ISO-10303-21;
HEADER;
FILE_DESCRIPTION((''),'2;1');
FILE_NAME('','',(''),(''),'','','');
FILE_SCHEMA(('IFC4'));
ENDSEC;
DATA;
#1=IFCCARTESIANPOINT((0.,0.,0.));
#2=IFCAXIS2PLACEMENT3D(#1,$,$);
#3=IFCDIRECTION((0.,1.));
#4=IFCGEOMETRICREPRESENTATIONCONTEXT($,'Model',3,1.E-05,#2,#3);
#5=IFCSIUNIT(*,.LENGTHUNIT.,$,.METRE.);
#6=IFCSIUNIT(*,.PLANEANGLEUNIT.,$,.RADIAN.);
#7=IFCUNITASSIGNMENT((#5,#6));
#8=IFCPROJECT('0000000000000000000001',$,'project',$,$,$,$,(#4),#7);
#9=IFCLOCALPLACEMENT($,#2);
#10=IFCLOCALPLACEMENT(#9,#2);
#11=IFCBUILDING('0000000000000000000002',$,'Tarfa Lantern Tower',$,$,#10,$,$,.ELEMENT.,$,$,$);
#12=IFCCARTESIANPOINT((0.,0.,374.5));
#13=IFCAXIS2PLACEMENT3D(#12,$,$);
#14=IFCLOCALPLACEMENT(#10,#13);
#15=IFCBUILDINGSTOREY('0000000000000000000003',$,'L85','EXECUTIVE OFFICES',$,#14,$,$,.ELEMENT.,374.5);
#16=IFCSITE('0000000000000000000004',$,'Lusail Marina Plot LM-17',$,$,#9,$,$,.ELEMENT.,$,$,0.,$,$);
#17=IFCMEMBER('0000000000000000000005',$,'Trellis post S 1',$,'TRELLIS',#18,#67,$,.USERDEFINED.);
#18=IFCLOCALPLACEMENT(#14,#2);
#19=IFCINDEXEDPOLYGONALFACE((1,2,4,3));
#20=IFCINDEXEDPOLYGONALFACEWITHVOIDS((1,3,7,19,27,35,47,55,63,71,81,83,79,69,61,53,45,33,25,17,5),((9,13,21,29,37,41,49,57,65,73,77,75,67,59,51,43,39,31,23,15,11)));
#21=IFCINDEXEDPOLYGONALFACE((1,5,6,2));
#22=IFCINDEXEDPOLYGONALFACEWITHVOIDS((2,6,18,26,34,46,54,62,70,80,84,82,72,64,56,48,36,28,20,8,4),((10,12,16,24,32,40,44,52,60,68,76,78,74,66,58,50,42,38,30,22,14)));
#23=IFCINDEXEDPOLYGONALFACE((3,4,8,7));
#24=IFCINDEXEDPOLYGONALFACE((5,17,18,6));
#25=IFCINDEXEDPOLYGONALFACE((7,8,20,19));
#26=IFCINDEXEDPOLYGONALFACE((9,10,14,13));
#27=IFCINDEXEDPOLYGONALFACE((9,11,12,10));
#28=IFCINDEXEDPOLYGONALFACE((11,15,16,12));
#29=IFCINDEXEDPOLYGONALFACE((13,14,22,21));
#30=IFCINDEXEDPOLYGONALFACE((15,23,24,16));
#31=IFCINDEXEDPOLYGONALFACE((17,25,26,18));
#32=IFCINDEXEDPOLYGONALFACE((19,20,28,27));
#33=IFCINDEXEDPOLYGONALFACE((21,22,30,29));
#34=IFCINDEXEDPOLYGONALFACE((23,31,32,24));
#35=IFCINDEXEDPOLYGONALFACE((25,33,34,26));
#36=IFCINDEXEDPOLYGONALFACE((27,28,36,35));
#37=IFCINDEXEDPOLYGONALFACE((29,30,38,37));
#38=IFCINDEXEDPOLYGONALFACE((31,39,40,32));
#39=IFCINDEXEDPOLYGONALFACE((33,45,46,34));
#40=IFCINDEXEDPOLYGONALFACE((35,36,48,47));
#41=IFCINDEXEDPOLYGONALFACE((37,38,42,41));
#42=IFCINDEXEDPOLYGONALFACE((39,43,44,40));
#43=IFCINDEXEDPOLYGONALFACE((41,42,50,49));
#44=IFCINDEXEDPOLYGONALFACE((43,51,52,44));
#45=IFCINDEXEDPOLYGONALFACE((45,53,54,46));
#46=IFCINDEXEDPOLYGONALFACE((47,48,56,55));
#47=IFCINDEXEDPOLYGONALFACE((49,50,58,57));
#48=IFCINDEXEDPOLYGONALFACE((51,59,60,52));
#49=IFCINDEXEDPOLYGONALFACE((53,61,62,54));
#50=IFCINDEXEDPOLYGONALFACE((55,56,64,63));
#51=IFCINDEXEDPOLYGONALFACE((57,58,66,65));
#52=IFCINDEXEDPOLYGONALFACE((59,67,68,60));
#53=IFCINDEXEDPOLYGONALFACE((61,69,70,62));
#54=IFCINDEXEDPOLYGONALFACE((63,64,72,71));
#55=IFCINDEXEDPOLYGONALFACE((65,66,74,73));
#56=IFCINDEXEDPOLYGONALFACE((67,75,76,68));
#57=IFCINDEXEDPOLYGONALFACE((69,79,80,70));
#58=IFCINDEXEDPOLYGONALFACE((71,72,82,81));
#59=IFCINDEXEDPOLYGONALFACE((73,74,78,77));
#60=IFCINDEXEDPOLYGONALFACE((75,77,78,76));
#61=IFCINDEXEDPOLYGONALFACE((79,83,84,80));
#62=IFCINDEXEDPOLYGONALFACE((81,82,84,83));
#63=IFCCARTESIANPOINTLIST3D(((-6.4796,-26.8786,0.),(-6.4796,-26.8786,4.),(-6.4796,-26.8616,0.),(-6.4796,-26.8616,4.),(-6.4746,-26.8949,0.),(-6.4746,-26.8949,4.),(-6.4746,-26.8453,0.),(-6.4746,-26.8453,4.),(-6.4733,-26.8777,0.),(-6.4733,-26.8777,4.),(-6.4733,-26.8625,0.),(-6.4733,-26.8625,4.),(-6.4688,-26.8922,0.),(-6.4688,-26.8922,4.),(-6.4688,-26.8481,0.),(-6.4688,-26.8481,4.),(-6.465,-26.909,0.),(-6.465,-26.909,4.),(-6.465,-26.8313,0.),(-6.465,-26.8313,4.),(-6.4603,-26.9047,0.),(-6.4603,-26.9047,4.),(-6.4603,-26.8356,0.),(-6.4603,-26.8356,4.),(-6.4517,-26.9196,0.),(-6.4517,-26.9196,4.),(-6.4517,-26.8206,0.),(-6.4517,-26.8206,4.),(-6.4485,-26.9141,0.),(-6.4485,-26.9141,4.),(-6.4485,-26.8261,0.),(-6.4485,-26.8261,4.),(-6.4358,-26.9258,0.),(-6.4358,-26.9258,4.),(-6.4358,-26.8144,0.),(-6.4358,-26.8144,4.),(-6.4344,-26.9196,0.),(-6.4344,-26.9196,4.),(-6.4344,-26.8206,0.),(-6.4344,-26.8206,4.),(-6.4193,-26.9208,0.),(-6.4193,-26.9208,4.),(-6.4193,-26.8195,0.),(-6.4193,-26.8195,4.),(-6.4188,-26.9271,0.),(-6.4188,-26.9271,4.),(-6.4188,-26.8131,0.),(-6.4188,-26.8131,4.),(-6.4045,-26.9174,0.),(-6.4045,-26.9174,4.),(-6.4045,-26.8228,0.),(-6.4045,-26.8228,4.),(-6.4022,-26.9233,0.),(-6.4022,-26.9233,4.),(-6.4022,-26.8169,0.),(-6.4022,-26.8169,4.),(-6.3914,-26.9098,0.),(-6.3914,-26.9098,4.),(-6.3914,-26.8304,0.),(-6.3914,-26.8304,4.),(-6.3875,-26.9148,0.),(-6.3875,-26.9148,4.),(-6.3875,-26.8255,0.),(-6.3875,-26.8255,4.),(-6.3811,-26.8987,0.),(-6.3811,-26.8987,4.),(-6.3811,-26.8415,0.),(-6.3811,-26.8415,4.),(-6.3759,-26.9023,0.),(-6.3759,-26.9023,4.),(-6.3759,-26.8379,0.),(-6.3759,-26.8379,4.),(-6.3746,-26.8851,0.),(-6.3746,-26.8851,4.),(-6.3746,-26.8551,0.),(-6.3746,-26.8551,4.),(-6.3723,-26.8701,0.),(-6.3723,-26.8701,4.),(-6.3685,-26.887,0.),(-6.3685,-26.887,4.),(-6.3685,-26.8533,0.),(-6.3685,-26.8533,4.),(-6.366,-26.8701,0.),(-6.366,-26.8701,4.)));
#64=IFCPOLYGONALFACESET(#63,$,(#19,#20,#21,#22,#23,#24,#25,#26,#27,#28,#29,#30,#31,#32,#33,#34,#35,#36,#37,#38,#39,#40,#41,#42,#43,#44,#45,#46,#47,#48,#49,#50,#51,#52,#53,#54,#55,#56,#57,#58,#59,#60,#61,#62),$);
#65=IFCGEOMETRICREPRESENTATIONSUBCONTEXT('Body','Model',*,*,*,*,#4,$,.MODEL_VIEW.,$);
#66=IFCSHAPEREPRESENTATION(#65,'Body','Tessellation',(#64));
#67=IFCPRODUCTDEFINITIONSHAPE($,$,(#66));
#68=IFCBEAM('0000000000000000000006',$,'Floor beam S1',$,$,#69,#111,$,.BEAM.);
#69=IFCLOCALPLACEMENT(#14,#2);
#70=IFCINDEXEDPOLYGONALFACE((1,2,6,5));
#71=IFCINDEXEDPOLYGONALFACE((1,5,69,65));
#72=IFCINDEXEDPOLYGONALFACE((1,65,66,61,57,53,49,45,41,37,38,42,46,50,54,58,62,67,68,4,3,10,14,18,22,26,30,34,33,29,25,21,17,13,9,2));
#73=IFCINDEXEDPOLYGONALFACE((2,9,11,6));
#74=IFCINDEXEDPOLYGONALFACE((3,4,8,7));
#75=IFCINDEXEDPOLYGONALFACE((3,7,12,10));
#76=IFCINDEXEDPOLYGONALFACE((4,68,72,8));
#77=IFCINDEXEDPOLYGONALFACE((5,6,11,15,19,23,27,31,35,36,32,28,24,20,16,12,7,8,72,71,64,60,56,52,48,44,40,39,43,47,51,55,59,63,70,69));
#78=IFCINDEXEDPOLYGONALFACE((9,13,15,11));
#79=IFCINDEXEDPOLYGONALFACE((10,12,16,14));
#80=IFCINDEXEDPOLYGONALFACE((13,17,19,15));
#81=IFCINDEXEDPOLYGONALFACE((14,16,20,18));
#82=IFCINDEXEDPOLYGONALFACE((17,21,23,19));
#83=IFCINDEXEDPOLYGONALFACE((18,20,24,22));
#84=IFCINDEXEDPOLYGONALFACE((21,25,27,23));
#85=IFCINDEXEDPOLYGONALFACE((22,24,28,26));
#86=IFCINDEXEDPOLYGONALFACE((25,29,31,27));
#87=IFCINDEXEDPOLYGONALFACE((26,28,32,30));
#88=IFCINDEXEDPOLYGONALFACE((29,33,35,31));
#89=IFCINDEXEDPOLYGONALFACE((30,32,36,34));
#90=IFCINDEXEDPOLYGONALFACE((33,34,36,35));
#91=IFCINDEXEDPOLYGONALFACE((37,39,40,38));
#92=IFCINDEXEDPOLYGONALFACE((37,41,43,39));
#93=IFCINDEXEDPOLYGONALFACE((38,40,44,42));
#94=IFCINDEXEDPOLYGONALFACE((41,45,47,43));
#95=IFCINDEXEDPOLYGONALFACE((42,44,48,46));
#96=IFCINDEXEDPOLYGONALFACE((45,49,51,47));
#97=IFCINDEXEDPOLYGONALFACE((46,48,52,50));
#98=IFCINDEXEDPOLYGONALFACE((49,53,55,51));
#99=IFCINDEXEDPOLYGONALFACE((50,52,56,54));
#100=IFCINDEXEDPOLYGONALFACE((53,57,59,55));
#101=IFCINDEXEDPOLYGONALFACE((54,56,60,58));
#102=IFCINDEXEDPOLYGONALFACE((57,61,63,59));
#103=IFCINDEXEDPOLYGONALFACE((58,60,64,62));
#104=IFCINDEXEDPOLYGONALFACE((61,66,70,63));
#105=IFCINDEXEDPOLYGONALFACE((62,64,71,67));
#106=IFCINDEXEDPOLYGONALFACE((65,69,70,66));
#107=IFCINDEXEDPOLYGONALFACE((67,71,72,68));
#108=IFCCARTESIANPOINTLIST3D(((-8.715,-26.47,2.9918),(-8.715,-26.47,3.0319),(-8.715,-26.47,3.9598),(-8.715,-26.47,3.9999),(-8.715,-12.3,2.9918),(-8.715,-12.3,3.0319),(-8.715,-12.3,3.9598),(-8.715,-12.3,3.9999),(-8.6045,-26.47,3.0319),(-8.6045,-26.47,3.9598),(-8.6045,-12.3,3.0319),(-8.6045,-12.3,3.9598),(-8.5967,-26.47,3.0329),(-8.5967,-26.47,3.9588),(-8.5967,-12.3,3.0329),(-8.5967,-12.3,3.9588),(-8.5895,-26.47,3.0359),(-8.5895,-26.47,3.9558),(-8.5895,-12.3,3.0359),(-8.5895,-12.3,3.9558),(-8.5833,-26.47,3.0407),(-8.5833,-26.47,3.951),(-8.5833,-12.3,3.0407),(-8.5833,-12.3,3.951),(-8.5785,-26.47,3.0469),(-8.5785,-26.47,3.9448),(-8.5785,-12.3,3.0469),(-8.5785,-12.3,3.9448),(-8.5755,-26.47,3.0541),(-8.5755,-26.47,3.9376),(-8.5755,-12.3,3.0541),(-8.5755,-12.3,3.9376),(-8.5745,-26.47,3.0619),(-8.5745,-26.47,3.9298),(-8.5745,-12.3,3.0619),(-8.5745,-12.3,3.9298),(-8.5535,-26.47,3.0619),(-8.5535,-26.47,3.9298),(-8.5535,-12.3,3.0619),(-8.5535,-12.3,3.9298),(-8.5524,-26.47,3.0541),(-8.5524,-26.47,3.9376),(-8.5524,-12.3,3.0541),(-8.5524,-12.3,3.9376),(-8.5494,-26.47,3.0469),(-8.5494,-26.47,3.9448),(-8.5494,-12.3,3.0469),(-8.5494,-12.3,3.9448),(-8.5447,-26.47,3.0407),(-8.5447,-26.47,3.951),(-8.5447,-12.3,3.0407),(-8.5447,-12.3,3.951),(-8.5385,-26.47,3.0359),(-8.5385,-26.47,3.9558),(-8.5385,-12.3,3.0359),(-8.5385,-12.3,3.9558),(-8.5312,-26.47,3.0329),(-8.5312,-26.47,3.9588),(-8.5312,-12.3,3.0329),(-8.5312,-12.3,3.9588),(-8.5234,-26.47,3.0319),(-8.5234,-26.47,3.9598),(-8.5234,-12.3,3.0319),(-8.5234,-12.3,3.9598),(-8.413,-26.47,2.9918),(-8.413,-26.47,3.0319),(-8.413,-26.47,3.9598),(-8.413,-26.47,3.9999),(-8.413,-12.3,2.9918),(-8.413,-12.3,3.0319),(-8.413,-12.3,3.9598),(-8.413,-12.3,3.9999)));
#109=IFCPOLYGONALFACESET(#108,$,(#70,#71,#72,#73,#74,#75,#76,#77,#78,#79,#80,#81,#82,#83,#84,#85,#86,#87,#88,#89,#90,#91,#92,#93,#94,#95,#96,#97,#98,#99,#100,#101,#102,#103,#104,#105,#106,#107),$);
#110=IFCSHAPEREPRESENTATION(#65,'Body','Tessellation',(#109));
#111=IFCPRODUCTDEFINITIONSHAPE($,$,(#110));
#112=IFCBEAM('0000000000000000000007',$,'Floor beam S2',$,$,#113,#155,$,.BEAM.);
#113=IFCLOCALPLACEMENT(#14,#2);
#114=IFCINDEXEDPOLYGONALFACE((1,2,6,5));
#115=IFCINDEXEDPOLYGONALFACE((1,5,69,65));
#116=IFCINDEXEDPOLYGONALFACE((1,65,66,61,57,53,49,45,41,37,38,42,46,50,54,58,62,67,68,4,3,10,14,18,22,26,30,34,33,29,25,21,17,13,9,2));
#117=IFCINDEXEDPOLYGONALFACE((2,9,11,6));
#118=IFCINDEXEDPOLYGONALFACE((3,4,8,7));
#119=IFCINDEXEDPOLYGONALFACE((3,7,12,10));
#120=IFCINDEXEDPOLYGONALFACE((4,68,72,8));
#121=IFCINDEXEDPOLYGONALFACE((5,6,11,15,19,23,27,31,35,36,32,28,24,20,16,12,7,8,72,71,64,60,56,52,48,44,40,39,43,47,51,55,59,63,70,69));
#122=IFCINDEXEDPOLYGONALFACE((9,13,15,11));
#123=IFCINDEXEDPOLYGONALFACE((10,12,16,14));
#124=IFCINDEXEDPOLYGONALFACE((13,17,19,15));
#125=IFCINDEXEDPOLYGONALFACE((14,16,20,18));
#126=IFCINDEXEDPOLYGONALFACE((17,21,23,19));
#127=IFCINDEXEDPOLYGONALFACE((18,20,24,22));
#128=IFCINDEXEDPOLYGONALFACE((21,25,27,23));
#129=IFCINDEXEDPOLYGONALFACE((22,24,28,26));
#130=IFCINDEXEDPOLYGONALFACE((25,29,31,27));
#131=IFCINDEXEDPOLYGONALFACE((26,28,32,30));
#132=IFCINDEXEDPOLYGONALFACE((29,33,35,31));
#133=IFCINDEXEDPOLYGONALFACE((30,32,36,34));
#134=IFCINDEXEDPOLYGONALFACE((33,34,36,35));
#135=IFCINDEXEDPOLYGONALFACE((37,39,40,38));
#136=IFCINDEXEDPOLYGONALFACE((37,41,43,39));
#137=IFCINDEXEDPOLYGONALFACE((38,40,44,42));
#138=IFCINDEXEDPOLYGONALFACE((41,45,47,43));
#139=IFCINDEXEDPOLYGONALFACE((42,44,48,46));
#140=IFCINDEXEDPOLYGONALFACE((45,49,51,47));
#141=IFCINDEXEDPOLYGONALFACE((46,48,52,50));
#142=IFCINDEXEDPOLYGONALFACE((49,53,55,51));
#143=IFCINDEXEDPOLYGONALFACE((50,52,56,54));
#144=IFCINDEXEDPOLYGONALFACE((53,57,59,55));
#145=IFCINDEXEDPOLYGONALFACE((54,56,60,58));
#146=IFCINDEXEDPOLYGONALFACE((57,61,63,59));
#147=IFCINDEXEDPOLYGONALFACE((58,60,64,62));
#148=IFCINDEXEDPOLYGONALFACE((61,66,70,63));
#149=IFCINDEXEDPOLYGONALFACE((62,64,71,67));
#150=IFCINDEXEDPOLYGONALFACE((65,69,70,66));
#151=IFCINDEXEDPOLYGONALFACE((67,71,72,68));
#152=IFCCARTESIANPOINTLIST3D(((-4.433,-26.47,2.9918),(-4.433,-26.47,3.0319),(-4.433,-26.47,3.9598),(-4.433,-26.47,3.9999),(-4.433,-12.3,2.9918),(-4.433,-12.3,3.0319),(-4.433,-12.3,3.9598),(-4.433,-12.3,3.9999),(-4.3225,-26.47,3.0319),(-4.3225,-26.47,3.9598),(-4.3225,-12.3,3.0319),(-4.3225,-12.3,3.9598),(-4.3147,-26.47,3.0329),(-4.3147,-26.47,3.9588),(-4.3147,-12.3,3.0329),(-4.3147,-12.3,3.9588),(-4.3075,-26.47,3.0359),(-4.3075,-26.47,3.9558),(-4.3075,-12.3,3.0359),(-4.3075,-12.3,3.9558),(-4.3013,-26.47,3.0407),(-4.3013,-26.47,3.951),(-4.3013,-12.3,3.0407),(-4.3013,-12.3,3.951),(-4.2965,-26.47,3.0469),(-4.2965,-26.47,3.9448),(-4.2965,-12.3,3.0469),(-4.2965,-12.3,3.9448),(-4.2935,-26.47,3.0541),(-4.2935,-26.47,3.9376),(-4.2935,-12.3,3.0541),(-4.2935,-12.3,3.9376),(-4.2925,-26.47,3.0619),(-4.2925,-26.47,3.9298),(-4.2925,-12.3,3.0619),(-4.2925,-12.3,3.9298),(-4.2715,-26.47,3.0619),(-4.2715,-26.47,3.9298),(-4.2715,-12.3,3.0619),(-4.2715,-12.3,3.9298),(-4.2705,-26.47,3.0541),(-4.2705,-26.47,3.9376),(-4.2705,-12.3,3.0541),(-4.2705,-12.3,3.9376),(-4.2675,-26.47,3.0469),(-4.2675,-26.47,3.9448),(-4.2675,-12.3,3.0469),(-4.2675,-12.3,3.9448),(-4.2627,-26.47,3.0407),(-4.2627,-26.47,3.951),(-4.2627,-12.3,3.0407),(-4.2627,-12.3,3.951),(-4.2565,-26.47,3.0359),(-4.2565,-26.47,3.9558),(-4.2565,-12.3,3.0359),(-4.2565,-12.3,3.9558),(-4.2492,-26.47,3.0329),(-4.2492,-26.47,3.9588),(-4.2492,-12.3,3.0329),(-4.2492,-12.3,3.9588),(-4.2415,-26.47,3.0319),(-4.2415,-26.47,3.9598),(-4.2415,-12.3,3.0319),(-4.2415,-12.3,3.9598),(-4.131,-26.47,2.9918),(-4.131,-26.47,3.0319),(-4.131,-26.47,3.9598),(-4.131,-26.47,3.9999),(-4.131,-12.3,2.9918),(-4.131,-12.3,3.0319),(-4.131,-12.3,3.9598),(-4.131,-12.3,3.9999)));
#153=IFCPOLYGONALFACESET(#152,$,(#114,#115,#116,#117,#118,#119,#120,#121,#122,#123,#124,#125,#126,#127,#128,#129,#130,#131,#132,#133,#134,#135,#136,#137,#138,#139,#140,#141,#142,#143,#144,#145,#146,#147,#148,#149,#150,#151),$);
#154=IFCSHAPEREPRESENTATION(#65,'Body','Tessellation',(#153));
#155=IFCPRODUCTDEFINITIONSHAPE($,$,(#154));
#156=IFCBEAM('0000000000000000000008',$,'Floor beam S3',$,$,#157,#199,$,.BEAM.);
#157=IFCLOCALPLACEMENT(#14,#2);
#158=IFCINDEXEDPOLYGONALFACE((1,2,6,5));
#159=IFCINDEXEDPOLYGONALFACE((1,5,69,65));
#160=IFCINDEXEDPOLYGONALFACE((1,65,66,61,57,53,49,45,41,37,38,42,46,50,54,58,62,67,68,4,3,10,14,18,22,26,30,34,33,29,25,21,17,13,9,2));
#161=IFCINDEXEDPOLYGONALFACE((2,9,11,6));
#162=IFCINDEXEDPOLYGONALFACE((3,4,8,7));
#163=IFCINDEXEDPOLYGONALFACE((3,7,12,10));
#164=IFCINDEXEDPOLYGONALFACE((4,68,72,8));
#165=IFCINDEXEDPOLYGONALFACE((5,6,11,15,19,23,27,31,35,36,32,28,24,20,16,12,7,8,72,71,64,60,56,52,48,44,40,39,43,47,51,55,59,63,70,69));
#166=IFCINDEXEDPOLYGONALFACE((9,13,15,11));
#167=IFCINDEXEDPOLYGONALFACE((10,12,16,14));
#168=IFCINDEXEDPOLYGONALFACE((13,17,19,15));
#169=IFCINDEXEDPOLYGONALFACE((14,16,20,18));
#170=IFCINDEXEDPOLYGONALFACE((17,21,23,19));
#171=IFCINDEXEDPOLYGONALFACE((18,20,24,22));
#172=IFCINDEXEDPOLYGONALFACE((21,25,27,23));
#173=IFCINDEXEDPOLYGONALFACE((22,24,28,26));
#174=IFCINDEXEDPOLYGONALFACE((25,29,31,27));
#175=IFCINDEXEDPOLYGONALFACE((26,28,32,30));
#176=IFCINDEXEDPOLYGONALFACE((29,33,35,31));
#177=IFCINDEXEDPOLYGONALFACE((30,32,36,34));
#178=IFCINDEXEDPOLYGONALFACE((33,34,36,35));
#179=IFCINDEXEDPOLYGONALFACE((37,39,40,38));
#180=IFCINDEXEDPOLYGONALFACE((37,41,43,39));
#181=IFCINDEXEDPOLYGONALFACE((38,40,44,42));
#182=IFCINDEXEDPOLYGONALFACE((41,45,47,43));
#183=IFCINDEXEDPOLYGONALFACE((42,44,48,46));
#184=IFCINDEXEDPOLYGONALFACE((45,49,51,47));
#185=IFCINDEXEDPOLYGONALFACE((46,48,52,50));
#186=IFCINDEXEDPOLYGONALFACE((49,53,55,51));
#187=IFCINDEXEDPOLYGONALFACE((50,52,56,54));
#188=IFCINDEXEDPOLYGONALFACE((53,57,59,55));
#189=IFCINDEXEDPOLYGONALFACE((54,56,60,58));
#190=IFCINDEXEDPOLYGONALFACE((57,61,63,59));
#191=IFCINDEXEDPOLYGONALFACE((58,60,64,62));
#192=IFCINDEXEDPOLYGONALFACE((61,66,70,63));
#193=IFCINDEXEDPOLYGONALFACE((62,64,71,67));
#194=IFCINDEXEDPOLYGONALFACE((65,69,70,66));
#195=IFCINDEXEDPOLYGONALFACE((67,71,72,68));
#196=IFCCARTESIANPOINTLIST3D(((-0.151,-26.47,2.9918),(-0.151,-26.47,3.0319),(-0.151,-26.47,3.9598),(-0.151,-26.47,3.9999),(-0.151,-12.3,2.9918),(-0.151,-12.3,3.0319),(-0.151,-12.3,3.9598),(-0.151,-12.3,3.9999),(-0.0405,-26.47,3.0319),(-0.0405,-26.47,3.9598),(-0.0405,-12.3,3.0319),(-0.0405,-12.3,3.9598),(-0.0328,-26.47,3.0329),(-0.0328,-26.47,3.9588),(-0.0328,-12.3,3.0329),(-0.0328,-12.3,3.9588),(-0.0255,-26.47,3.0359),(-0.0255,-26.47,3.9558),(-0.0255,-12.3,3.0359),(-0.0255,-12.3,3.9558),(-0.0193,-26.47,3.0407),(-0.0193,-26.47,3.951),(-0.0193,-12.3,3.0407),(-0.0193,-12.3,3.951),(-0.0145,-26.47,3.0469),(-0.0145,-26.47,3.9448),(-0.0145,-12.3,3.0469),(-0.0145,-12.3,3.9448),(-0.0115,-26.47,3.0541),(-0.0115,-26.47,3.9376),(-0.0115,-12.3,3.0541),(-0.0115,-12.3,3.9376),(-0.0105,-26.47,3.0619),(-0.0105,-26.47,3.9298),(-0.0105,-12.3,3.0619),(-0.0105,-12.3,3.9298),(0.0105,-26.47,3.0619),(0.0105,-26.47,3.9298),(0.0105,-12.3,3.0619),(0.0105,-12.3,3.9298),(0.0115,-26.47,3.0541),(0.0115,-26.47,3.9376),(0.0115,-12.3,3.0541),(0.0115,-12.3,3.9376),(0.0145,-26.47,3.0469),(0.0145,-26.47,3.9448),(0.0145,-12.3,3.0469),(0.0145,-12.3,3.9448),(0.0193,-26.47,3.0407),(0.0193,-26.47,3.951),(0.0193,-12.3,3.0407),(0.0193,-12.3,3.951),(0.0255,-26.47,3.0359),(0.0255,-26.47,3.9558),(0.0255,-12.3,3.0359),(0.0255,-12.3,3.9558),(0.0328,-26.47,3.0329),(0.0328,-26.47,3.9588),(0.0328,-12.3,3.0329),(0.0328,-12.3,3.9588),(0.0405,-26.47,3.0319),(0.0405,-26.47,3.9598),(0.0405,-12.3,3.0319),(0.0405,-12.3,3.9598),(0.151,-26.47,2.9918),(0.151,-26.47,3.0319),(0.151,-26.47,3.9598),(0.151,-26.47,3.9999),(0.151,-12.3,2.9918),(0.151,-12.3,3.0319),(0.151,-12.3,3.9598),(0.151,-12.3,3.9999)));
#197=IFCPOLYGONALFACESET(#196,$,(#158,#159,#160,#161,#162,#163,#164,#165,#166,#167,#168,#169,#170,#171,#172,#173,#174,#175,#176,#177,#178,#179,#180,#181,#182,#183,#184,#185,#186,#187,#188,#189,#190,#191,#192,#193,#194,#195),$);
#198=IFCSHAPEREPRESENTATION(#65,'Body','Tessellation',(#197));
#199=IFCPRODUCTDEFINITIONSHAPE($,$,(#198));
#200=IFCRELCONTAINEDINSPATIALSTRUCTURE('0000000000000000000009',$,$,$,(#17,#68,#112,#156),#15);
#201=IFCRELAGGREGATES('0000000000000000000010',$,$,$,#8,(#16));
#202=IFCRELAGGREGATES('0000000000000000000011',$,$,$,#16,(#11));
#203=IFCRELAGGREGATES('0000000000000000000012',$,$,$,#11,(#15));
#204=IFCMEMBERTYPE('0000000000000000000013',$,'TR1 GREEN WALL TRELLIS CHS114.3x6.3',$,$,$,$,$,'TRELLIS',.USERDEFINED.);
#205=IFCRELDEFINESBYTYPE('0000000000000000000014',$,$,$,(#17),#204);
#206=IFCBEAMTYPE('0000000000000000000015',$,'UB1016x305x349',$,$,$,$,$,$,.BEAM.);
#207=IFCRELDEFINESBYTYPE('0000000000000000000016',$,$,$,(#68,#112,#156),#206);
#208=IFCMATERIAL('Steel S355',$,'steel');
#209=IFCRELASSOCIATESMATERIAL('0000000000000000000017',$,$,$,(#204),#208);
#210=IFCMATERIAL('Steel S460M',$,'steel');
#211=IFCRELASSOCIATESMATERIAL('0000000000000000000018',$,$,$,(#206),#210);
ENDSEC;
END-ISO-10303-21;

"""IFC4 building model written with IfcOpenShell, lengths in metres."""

from ifc_helpers import new_model, si_unit, direction, frame, origin, origin_2d, place, context, subcontext, project, spatial, hollow_circle, i_section, extrude, material, material_profile, profile_set, type_object, element, save


model = new_model("IFC4")

# Units and contexts
model_context = context("Model", 3, precision=1e-05, world=origin(), true_north=direction((0.0, 1.0)))
body_context = subcontext(model_context, "Body", "Model", "MODEL_VIEW")
ifc_project = project(units=[si_unit("LENGTHUNIT", "METRE"), si_unit("PLANEANGLEUNIT", "RADIAN")], contexts=[model_context])

# Site, building, storey
site_placement = place(None, origin())
site = spatial("IfcSite", under=ifc_project, at=site_placement, Name="Lusail Marina Plot LM-17", CompositionType="ELEMENT", RefElevation=0.0)
building_placement = place(site_placement, origin())
building = spatial("IfcBuilding", under=site, at=building_placement, Name="Tarfa Lantern Tower", CompositionType="ELEMENT")
storey_placement = place(building_placement, frame((0.0, 0.0, 374.5)))
storey = spatial("IfcBuildingStorey", under=building, at=storey_placement, Name="L85", Description="EXECUTIVE OFFICES", CompositionType="ELEMENT", Elevation=374.5)

# Member
ifc_material_1 = material(Name="Steel S355", Category="steel")
ifc_material_profile_1 = material_profile(ifc_material_1, hollow_circle(Radius=0.0571, WallThickness=0.0063, at=origin_2d()), Name="CHS114.3x6.3")
ifc_profile_set_1 = profile_set([ifc_material_profile_1], Name="Steel S355")
member_type_1 = type_object("IfcMemberType", Name="TR1 GREEN WALL TRELLIS CHS114.3x6.3", ElementType="TRELLIS", PredefinedType="USERDEFINED", material=ifc_profile_set_1)
member_1_placement = place(storey_placement, frame((-6.4231, -26.8701, 0.0), z_axis=(0.0, 0.0, 1.0), x_axis=(1.0, 0.0, 0.0)))
element("IfcMember", 1, at=member_1_placement, inside=storey, type_object=member_type_1, Name="Trellis post S 1", ObjectType="TRELLIS", PredefinedType="USERDEFINED", context=body_context, shape_type="SweptSolid", body=[
    extrude(hollow_circle(Radius=0.0571, WallThickness=0.0063, at=origin_2d()), origin(), (0.0, 0.0, 1.0), 4.0),
])

# Beams
ifc_material_2 = material(Name="Steel S460M", Category="steel")
ifc_material_profile_2 = material_profile(ifc_material_2, i_section(OverallWidth=0.302, OverallDepth=1.0081, WebThickness=0.021, FlangeThickness=0.04, FilletRadius=0.03, at=origin_2d()), Name="UB1016x305x349")
ifc_profile_set_2 = profile_set([ifc_material_profile_2], Name="Steel S460M")
beam_type_1 = type_object("IfcBeamType", Name="UB1016x305x349", PredefinedType="BEAM", material=ifc_profile_set_2)
for number, where, z_axis, x_axis, name in (
    (2, (-8.564, -26.47, 3.4958), (0.0, 1.0, 0.0), (-1.0, 0.0, 0.0), "Floor beam S1"),
    (3, (-4.282, -26.47, 3.4958), (0.0, 1.0, 0.0), (-1.0, 0.0, 0.0), "Floor beam S2"),
    (4, (0.0, -26.47, 3.4958), (0.0, 1.0, 0.0), (-1.0, 0.0, 0.0), "Floor beam S3"),
):
    element("IfcBeam", number, at=place(storey_placement, frame(where, z_axis=z_axis, x_axis=x_axis)), inside=storey, type_object=beam_type_1, Name=name, PredefinedType="BEAM", context=body_context, shape_type="SweptSolid", body=[
        extrude(i_section(OverallWidth=0.302, OverallDepth=1.0081, WebThickness=0.021, FlangeThickness=0.04, FilletRadius=0.03, at=origin_2d()), origin(), (0.0, 0.0, 1.0), 14.1699),
    ])

save(model, "model.ifc")
